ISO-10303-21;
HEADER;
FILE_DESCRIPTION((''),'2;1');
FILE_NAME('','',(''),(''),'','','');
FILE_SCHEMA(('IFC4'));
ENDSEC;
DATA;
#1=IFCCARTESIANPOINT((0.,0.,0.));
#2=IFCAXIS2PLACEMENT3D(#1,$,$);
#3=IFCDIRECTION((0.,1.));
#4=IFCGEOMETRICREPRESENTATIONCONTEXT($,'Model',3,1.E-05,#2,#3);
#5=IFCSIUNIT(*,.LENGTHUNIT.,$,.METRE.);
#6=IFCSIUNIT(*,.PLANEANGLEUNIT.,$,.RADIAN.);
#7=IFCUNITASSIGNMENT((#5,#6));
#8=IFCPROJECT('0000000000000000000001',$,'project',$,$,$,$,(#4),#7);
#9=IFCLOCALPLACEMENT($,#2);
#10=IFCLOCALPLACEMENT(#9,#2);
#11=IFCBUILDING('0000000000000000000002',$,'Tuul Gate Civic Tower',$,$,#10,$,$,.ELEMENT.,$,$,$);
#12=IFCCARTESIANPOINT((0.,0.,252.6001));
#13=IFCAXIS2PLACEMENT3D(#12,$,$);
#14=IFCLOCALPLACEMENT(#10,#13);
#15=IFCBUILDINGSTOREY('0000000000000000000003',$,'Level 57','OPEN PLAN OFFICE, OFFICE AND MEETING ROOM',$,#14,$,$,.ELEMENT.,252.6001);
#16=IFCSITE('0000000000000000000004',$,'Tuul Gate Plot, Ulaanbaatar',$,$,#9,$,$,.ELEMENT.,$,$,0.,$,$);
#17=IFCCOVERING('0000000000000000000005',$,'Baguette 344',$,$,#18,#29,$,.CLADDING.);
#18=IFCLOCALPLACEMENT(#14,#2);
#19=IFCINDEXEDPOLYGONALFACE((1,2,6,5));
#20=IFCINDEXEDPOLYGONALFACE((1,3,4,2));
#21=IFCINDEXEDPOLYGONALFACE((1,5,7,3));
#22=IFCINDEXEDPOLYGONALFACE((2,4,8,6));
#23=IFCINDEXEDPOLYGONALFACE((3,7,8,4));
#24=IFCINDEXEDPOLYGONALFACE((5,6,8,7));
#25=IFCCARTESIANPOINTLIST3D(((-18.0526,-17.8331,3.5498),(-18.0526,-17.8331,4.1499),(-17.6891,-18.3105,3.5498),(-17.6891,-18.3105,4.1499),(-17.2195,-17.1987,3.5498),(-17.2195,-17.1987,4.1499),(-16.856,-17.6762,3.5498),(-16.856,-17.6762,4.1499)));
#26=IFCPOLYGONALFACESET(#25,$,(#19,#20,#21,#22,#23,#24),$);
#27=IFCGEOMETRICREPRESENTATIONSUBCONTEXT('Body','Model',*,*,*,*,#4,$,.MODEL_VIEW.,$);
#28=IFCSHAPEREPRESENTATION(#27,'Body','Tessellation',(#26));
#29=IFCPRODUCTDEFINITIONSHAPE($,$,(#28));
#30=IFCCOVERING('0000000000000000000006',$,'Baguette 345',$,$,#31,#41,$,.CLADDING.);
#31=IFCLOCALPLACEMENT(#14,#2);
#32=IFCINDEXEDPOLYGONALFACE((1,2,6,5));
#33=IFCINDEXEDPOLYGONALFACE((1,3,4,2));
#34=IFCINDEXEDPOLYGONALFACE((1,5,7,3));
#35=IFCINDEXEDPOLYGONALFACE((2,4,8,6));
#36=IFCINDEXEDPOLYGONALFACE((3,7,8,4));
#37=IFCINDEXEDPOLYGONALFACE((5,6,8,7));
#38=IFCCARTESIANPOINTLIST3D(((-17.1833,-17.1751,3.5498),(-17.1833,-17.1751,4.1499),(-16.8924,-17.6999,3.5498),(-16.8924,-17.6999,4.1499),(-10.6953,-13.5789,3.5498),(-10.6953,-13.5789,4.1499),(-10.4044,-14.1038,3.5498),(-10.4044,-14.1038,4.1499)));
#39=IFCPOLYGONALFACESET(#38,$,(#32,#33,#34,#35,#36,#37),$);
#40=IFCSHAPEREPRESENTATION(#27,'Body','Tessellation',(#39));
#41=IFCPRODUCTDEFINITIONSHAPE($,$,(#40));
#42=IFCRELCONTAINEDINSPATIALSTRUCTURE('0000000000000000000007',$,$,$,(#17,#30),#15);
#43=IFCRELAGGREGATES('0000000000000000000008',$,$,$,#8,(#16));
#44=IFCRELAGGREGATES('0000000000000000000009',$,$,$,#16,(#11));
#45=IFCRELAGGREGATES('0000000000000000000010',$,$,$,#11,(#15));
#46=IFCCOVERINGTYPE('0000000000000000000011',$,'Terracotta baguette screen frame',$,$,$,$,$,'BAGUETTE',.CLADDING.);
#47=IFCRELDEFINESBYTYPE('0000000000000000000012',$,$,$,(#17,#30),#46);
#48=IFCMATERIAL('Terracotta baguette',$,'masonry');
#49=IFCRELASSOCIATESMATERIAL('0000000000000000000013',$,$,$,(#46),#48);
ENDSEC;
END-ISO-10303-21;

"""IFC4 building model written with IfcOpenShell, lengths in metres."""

from ifc_helpers import new_model, si_unit, direction, frame, origin, origin_2d, place, context, subcontext, project, spatial, rectangle, extrude, material, material_profile, profile_set, type_object, element, save


model = new_model("IFC4")

# Units and contexts
model_context = context("Model", 3, precision=1e-05, world=origin(), true_north=direction((0.0, 1.0)))
body_context = subcontext(model_context, "Body", "Model", "MODEL_VIEW")
ifc_project = project(units=[si_unit("LENGTHUNIT", "METRE"), si_unit("PLANEANGLEUNIT", "RADIAN")], contexts=[model_context])

# Site, building, storey
site_placement = place(None, origin())
site = spatial("IfcSite", under=ifc_project, at=site_placement, Name="Tuul Gate Plot, Ulaanbaatar", CompositionType="ELEMENT", RefElevation=0.0)
building_placement = place(site_placement, origin())
building = spatial("IfcBuilding", under=site, at=building_placement, Name="Tuul Gate Civic Tower", CompositionType="ELEMENT")
storey_placement = place(building_placement, frame((0.0, 0.0, 252.6001)))
storey = spatial("IfcBuildingStorey", under=building, at=storey_placement, Name="Level 57", Description="OPEN PLAN OFFICE, OFFICE AND MEETING ROOM", CompositionType="ELEMENT", Elevation=252.6001)

# Coverings
ifc_material_1 = material(Name="Terracotta baguette", Category="masonry")
ifc_material_profile_1 = material_profile(ifc_material_1, rectangle(XDim=0.6001, YDim=0.6001, at=origin_2d()), Name="Terracotta baguette screen frame")
ifc_profile_set_1 = profile_set([ifc_material_profile_1], Name="Terracotta baguette")
covering_type = type_object("IfcCoveringType", Name="Terracotta baguette screen frame", ElementType="BAGUETTE", PredefinedType="CLADDING", material=ifc_profile_set_1)
covering_1_placement = place(storey_placement, frame((-17.8708, -18.0718, 3.8499), z_axis=(0.795614, 0.605804, 0.0), x_axis=(-0.605804, 0.795614, 0.0)))
element("IfcCovering", 1, at=covering_1_placement, inside=storey, type_object=covering_type, Name="Baguette 344", PredefinedType="CLADDING", context=body_context, shape_type="SweptSolid", body=[
    extrude(rectangle(XDim=0.6001, YDim=0.6001, at=origin_2d()), origin(), (0.0, 0.0, 1.0), 1.0471),
])
covering_2_placement = place(storey_placement, frame((-17.0378, -17.4375, 3.8499), z_axis=(0.87463, 0.48479, 0.0), x_axis=(-0.48479, 0.87463, 0.0)))
element("IfcCovering", 2, at=covering_2_placement, inside=storey, type_object=covering_type, Name="Baguette 345", PredefinedType="CLADDING", context=body_context, shape_type="SweptSolid", body=[
    extrude(rectangle(XDim=0.6001, YDim=0.6001, at=origin_2d()), origin(), (0.0, 0.0, 1.0), 7.418),
])

save(model, "model.ifc")
